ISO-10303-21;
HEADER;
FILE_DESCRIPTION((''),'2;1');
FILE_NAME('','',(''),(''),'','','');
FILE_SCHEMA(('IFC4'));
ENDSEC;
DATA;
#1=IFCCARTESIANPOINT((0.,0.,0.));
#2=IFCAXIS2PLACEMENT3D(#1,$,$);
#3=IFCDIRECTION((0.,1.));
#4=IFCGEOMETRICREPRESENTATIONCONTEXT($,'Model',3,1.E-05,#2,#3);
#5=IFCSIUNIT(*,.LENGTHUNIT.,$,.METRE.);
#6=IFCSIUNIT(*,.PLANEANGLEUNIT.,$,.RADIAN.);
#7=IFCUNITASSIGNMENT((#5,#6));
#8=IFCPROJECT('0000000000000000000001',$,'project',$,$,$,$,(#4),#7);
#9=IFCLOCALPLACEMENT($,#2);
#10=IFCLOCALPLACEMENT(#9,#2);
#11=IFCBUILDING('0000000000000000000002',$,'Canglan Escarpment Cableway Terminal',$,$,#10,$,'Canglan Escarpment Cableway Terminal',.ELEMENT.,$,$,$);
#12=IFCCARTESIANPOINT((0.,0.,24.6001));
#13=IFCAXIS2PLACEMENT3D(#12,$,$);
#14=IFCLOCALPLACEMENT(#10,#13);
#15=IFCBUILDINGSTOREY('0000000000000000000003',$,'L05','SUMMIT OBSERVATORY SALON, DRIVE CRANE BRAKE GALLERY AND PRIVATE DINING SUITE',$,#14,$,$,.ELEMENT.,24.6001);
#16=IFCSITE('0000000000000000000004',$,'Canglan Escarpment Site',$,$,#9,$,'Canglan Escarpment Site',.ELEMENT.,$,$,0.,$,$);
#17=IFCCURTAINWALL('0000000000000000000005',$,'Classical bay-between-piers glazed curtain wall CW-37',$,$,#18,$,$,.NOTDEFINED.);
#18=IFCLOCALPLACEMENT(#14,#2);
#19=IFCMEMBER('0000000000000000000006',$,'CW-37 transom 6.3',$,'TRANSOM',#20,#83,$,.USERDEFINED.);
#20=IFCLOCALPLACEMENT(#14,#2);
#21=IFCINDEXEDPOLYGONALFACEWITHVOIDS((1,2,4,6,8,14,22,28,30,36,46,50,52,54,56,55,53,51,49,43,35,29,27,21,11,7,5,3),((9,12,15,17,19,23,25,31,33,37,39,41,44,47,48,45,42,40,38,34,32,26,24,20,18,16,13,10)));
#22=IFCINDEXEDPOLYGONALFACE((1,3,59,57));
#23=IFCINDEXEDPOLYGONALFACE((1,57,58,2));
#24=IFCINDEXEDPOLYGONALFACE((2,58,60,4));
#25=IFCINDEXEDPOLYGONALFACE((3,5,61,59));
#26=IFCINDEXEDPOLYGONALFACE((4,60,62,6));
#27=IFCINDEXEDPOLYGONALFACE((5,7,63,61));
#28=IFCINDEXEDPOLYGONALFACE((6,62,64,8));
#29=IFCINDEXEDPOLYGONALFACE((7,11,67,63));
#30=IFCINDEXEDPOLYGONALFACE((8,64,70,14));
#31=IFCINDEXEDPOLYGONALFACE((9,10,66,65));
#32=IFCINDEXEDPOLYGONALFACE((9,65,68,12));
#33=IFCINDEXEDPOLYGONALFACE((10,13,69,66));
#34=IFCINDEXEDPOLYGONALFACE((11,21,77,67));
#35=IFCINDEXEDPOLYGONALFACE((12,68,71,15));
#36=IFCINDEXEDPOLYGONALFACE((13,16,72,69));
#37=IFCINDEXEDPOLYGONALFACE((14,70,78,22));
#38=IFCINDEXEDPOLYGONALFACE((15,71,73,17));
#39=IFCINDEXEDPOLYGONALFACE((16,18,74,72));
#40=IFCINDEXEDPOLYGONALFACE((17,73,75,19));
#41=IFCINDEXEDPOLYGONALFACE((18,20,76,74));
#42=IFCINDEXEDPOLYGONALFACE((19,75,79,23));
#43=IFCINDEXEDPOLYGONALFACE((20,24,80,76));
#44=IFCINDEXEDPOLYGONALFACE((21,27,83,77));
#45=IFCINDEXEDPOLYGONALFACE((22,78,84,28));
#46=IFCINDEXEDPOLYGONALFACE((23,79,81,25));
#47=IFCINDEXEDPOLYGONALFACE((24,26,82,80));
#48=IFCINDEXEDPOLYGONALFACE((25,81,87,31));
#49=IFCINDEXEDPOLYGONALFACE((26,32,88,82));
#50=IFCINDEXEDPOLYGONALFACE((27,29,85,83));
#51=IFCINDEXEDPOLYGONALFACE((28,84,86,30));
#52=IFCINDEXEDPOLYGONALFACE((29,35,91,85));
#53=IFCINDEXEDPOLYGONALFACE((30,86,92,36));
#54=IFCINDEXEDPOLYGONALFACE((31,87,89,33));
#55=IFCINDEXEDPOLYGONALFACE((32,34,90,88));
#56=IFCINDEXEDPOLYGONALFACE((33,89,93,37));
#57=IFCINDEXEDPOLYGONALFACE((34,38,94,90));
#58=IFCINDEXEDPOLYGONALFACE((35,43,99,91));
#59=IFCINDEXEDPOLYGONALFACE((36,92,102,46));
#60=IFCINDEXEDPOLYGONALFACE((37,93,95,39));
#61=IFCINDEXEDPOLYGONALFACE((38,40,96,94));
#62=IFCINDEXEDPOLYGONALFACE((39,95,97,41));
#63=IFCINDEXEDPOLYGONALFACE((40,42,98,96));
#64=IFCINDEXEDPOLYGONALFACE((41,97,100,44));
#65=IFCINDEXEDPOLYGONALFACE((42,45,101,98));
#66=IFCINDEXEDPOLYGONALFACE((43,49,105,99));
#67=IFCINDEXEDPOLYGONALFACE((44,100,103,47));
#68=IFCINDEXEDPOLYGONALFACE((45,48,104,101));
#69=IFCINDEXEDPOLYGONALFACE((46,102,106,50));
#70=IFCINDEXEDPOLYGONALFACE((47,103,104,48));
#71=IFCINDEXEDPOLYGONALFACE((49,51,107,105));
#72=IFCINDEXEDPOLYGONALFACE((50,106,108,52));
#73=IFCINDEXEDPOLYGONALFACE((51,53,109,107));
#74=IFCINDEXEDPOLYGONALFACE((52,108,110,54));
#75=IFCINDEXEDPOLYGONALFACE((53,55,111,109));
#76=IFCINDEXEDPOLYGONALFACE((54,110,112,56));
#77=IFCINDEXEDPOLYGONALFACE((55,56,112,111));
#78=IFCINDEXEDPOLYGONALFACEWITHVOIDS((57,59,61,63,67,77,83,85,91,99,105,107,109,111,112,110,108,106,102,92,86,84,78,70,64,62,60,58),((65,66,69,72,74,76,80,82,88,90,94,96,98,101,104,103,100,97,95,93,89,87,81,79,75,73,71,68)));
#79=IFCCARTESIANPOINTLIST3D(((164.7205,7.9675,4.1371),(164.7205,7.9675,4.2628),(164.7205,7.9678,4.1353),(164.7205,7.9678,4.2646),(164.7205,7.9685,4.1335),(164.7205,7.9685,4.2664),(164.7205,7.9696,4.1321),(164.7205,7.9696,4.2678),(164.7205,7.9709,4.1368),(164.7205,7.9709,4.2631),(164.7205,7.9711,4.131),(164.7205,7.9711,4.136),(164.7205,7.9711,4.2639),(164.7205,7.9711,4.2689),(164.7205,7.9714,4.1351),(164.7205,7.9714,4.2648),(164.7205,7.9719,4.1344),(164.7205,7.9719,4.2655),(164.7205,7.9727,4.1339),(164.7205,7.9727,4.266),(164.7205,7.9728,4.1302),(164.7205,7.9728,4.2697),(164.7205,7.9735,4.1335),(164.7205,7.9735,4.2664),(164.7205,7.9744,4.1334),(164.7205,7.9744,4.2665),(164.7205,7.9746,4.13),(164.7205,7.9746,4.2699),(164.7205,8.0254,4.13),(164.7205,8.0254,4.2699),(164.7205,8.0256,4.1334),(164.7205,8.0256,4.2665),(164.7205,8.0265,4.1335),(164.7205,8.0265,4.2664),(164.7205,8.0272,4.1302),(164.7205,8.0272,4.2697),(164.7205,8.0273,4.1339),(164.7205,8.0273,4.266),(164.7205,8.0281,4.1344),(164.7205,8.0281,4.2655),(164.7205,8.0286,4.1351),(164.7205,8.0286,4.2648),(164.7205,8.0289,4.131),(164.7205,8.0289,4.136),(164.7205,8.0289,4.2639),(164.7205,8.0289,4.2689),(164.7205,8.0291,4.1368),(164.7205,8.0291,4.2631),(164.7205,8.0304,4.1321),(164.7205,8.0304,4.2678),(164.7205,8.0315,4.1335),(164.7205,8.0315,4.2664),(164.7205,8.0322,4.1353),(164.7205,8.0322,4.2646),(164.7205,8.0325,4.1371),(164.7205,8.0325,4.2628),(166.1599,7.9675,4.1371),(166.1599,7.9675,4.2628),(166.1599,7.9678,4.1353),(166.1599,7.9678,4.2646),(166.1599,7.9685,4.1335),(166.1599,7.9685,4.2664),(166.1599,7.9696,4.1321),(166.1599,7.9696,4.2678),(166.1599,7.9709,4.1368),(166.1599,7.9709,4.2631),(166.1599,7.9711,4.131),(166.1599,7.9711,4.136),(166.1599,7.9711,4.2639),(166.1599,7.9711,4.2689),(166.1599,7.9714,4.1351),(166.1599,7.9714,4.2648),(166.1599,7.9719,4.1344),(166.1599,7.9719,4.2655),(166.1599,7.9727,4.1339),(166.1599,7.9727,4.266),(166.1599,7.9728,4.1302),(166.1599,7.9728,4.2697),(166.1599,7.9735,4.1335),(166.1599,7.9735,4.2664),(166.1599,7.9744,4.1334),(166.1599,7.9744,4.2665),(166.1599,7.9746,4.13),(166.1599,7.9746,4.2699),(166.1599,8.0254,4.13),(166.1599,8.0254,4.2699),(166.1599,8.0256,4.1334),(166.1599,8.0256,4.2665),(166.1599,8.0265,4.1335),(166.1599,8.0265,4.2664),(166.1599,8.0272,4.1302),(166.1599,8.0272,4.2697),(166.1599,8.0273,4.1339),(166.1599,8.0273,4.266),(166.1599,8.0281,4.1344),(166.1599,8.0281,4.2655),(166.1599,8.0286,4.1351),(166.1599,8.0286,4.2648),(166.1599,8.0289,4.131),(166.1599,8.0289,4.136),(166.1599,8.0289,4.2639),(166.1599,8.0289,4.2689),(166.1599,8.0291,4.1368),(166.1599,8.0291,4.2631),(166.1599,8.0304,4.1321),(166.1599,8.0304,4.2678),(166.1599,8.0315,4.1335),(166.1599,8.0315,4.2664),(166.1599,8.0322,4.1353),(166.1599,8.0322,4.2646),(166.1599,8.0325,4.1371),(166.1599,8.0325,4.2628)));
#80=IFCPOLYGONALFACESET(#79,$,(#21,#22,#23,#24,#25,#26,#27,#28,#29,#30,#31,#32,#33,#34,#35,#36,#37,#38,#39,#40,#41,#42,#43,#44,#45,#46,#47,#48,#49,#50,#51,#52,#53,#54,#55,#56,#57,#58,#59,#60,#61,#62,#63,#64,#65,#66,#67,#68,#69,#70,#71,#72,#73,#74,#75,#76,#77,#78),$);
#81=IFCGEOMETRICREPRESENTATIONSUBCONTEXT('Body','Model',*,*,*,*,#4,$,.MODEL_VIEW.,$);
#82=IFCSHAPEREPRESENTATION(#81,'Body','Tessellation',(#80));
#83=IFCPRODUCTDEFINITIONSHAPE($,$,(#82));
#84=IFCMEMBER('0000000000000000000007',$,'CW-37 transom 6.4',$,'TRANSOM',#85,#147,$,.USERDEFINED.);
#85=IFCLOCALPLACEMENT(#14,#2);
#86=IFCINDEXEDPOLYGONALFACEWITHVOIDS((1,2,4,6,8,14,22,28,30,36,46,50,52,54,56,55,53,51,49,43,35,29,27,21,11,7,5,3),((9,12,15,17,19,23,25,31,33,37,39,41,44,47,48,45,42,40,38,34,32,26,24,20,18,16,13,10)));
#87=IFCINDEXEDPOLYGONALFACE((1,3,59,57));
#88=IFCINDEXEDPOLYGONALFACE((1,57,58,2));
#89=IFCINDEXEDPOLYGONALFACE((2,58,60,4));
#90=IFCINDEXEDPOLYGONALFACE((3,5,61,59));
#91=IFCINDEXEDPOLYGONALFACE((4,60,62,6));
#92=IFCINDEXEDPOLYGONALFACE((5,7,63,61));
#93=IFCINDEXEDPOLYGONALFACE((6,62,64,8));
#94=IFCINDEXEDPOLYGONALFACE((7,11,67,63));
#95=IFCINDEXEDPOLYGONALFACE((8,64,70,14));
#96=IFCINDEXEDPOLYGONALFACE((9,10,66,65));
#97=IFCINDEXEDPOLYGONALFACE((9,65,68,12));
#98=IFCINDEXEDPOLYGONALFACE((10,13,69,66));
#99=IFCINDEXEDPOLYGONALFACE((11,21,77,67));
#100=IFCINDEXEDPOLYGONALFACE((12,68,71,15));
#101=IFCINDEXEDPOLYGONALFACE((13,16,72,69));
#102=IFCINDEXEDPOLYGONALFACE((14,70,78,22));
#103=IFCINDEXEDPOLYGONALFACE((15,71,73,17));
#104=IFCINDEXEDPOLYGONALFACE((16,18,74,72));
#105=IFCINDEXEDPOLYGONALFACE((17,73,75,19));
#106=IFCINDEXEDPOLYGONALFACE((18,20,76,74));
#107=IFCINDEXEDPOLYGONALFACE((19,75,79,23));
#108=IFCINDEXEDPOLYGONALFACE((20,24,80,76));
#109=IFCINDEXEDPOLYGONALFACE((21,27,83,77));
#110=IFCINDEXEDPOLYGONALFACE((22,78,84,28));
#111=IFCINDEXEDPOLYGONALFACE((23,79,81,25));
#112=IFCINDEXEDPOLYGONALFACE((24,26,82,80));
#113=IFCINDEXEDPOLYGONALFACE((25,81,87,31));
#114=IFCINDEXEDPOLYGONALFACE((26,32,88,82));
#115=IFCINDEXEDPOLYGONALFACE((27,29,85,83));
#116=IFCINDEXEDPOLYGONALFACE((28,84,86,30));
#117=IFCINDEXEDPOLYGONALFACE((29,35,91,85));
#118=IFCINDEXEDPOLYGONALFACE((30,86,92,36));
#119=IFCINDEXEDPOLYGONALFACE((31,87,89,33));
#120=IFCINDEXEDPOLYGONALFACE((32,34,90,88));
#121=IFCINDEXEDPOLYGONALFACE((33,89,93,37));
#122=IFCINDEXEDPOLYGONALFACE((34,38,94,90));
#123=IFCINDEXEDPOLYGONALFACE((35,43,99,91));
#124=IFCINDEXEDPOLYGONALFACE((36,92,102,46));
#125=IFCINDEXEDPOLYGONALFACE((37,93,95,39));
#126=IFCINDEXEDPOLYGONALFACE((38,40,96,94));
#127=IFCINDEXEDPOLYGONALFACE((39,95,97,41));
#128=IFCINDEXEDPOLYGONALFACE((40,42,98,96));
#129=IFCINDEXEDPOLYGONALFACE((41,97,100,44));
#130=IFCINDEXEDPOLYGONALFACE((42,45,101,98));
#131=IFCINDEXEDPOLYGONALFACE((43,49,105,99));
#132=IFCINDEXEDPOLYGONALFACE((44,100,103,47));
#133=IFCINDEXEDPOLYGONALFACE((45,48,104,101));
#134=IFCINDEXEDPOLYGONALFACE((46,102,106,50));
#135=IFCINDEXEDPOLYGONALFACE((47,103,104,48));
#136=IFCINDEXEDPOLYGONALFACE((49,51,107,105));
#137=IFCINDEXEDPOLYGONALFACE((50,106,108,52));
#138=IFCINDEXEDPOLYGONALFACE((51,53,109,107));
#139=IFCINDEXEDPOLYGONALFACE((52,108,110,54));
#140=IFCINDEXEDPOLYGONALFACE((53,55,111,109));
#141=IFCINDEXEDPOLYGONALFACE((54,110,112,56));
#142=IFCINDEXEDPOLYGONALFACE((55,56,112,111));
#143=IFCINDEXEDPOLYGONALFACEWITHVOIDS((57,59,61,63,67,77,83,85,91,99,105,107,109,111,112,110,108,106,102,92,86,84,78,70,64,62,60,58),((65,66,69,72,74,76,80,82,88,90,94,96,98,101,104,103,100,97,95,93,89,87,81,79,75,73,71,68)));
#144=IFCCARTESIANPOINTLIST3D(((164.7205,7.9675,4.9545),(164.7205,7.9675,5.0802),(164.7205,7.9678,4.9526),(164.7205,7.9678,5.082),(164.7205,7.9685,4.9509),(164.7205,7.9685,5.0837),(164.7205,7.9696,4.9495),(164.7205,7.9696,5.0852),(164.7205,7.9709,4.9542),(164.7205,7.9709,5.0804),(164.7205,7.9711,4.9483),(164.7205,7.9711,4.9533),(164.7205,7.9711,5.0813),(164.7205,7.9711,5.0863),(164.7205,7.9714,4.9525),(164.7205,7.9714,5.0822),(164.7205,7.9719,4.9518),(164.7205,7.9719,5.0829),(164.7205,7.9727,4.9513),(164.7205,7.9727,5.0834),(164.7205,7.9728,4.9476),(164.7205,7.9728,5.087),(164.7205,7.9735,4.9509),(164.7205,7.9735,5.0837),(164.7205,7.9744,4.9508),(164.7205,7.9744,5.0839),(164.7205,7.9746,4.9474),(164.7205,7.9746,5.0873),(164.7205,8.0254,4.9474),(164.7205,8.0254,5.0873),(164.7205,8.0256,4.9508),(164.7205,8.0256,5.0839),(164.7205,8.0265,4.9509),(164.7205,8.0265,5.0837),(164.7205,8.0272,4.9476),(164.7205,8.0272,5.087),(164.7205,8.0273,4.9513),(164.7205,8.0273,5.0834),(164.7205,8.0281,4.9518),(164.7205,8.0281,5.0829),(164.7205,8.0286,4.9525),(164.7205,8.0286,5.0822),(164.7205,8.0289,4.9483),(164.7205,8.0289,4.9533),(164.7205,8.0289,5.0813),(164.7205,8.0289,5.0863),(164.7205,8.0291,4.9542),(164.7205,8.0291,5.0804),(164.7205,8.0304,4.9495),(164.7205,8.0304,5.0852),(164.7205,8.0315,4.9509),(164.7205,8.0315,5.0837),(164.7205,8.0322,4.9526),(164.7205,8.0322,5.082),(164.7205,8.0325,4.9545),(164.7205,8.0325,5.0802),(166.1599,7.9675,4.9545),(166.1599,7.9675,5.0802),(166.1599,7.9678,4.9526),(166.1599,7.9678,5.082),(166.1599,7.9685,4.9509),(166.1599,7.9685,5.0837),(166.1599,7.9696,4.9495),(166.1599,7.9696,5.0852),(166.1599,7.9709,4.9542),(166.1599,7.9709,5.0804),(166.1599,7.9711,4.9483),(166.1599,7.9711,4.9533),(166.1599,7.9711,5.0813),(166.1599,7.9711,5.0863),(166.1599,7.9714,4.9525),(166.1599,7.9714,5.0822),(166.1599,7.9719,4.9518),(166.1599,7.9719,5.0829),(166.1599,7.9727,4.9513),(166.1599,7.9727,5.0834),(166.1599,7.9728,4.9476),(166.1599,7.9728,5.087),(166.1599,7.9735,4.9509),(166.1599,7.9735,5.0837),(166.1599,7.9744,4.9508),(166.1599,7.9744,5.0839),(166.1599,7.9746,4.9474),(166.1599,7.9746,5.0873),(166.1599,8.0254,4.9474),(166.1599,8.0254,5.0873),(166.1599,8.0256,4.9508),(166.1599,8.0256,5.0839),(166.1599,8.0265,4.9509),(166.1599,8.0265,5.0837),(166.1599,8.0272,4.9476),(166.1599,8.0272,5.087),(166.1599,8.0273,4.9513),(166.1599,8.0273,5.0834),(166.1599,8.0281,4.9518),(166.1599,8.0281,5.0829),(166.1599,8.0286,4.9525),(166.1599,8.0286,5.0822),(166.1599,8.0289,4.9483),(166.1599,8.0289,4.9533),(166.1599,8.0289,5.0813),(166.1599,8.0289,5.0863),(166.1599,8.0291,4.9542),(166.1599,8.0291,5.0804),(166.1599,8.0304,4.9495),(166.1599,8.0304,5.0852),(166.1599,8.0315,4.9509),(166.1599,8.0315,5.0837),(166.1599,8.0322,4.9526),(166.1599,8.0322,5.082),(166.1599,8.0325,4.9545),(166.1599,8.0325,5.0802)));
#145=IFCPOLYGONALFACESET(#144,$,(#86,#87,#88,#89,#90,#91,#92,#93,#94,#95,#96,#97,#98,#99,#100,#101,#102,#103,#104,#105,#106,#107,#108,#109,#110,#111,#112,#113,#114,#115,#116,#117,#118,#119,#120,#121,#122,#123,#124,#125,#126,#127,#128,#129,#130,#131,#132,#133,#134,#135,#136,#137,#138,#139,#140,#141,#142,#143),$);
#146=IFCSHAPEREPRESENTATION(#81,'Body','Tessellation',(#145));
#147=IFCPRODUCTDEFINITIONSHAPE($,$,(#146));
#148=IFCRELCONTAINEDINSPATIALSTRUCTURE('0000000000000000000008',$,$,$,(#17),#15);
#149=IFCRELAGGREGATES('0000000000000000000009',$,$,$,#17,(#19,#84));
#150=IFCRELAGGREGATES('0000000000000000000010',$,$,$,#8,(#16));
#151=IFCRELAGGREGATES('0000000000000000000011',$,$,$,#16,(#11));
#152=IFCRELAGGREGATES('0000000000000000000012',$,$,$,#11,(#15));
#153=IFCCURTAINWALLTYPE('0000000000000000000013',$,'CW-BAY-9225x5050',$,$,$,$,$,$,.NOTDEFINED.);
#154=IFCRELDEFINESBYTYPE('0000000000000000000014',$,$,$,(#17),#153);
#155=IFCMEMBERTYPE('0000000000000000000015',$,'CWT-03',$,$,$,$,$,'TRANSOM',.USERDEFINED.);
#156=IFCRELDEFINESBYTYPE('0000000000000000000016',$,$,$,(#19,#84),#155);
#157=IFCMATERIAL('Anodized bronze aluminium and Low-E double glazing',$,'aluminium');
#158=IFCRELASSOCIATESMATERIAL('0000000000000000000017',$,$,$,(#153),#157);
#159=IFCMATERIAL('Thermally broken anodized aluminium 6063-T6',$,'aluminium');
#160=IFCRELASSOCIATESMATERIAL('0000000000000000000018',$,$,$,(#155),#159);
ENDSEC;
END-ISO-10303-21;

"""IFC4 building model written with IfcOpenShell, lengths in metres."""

from ifc_helpers import new_model, si_unit, direction, frame, origin, origin_2d, place, context, subcontext, project, spatial, hollow_rectangle, extrude, material, material_profile, profile_set, type_object, element, aggregate, save


model = new_model("IFC4")

# Units and contexts
model_context = context("Model", 3, precision=1e-05, world=origin(), true_north=direction((0.0, 1.0)))
body_context = subcontext(model_context, "Body", "Model", "MODEL_VIEW")
ifc_project = project(units=[si_unit("LENGTHUNIT", "METRE"), si_unit("PLANEANGLEUNIT", "RADIAN")], contexts=[model_context])

# Site, building, storey
site_placement = place(None, origin())
site = spatial("IfcSite", under=ifc_project, at=site_placement, Name="Canglan Escarpment Site", LongName="Canglan Escarpment Site", CompositionType="ELEMENT", RefElevation=0.0)
building_placement = place(site_placement, origin())
building = spatial("IfcBuilding", under=site, at=building_placement, Name="Canglan Escarpment Cableway Terminal", LongName="Canglan Escarpment Cableway Terminal", CompositionType="ELEMENT")
storey_placement = place(building_placement, frame((0.0, 0.0, 24.6001)))
storey = spatial("IfcBuildingStorey", under=building, at=storey_placement, Name="L05", Description="SUMMIT OBSERVATORY SALON, DRIVE CRANE BRAKE GALLERY AND PRIVATE DINING SUITE", CompositionType="ELEMENT", Elevation=24.6001)

# Curtain wall, members
ifc_material_1 = material(Name="Anodized bronze aluminium and Low-E double glazing", Category="aluminium")
curtain_wall_type = type_object("IfcCurtainWallType", Name="CW-BAY-9225x5050", PredefinedType="NOTDEFINED", material=ifc_material_1)
curtain_wall_placement = place(storey_placement, origin())
curtain_wall = element("IfcCurtainWall", 1, at=curtain_wall_placement, inside=storey, type_object=curtain_wall_type, Name="Classical bay-between-piers glazed curtain wall CW-37", PredefinedType="NOTDEFINED")
ifc_material_2 = material(Name="Thermally broken anodized aluminium 6063-T6", Category="aluminium")
ifc_material_profile_1 = material_profile(ifc_material_2, hollow_rectangle(XDim=0.0649, YDim=0.1399, WallThickness=0.0034, InnerFilletRadius=0.0034, OuterFilletRadius=0.0071, at=origin_2d()), Name="ALU-TRAN 65x140x3.5")
ifc_profile_set_1 = profile_set([ifc_material_profile_1], Name="Thermally broken anodized aluminium 6063-T6")
member_type_1 = type_object("IfcMemberType", Name="CWT-03", ElementType="TRANSOM", PredefinedType="USERDEFINED", material=ifc_profile_set_1)
member_1_placement = place(storey_placement, frame((164.7205, 8.0, 4.2), z_axis=(1.0, 0.0, 0.0), x_axis=(0.0, 1.0, 0.0)))
member_1 = element("IfcMember", 2, at=member_1_placement, type_object=member_type_1, Name="CW-37 transom 6.3", ObjectType="TRANSOM", PredefinedType="USERDEFINED", context=body_context, shape_type="SweptSolid", body=[
    extrude(hollow_rectangle(XDim=0.0649, YDim=0.1399, WallThickness=0.0034, InnerFilletRadius=0.0034, OuterFilletRadius=0.0071, at=origin_2d()), origin(), (0.0, 0.0, 1.0), 1.4395),
])
member_2_placement = place(storey_placement, frame((164.7205, 8.0, 5.0173), z_axis=(1.0, 0.0, 0.0), x_axis=(0.0, 1.0, 0.0)))
member_2 = element("IfcMember", 3, at=member_2_placement, type_object=member_type_1, Name="CW-37 transom 6.4", ObjectType="TRANSOM", PredefinedType="USERDEFINED", context=body_context, shape_type="SweptSolid", body=[
    extrude(hollow_rectangle(XDim=0.0649, YDim=0.1399, WallThickness=0.0034, InnerFilletRadius=0.0034, OuterFilletRadius=0.0071, at=origin_2d()), origin(), (0.0, 0.0, 1.0), 1.4395),
])

aggregate(curtain_wall, [member_1, member_2])

save(model, "model.ifc")
